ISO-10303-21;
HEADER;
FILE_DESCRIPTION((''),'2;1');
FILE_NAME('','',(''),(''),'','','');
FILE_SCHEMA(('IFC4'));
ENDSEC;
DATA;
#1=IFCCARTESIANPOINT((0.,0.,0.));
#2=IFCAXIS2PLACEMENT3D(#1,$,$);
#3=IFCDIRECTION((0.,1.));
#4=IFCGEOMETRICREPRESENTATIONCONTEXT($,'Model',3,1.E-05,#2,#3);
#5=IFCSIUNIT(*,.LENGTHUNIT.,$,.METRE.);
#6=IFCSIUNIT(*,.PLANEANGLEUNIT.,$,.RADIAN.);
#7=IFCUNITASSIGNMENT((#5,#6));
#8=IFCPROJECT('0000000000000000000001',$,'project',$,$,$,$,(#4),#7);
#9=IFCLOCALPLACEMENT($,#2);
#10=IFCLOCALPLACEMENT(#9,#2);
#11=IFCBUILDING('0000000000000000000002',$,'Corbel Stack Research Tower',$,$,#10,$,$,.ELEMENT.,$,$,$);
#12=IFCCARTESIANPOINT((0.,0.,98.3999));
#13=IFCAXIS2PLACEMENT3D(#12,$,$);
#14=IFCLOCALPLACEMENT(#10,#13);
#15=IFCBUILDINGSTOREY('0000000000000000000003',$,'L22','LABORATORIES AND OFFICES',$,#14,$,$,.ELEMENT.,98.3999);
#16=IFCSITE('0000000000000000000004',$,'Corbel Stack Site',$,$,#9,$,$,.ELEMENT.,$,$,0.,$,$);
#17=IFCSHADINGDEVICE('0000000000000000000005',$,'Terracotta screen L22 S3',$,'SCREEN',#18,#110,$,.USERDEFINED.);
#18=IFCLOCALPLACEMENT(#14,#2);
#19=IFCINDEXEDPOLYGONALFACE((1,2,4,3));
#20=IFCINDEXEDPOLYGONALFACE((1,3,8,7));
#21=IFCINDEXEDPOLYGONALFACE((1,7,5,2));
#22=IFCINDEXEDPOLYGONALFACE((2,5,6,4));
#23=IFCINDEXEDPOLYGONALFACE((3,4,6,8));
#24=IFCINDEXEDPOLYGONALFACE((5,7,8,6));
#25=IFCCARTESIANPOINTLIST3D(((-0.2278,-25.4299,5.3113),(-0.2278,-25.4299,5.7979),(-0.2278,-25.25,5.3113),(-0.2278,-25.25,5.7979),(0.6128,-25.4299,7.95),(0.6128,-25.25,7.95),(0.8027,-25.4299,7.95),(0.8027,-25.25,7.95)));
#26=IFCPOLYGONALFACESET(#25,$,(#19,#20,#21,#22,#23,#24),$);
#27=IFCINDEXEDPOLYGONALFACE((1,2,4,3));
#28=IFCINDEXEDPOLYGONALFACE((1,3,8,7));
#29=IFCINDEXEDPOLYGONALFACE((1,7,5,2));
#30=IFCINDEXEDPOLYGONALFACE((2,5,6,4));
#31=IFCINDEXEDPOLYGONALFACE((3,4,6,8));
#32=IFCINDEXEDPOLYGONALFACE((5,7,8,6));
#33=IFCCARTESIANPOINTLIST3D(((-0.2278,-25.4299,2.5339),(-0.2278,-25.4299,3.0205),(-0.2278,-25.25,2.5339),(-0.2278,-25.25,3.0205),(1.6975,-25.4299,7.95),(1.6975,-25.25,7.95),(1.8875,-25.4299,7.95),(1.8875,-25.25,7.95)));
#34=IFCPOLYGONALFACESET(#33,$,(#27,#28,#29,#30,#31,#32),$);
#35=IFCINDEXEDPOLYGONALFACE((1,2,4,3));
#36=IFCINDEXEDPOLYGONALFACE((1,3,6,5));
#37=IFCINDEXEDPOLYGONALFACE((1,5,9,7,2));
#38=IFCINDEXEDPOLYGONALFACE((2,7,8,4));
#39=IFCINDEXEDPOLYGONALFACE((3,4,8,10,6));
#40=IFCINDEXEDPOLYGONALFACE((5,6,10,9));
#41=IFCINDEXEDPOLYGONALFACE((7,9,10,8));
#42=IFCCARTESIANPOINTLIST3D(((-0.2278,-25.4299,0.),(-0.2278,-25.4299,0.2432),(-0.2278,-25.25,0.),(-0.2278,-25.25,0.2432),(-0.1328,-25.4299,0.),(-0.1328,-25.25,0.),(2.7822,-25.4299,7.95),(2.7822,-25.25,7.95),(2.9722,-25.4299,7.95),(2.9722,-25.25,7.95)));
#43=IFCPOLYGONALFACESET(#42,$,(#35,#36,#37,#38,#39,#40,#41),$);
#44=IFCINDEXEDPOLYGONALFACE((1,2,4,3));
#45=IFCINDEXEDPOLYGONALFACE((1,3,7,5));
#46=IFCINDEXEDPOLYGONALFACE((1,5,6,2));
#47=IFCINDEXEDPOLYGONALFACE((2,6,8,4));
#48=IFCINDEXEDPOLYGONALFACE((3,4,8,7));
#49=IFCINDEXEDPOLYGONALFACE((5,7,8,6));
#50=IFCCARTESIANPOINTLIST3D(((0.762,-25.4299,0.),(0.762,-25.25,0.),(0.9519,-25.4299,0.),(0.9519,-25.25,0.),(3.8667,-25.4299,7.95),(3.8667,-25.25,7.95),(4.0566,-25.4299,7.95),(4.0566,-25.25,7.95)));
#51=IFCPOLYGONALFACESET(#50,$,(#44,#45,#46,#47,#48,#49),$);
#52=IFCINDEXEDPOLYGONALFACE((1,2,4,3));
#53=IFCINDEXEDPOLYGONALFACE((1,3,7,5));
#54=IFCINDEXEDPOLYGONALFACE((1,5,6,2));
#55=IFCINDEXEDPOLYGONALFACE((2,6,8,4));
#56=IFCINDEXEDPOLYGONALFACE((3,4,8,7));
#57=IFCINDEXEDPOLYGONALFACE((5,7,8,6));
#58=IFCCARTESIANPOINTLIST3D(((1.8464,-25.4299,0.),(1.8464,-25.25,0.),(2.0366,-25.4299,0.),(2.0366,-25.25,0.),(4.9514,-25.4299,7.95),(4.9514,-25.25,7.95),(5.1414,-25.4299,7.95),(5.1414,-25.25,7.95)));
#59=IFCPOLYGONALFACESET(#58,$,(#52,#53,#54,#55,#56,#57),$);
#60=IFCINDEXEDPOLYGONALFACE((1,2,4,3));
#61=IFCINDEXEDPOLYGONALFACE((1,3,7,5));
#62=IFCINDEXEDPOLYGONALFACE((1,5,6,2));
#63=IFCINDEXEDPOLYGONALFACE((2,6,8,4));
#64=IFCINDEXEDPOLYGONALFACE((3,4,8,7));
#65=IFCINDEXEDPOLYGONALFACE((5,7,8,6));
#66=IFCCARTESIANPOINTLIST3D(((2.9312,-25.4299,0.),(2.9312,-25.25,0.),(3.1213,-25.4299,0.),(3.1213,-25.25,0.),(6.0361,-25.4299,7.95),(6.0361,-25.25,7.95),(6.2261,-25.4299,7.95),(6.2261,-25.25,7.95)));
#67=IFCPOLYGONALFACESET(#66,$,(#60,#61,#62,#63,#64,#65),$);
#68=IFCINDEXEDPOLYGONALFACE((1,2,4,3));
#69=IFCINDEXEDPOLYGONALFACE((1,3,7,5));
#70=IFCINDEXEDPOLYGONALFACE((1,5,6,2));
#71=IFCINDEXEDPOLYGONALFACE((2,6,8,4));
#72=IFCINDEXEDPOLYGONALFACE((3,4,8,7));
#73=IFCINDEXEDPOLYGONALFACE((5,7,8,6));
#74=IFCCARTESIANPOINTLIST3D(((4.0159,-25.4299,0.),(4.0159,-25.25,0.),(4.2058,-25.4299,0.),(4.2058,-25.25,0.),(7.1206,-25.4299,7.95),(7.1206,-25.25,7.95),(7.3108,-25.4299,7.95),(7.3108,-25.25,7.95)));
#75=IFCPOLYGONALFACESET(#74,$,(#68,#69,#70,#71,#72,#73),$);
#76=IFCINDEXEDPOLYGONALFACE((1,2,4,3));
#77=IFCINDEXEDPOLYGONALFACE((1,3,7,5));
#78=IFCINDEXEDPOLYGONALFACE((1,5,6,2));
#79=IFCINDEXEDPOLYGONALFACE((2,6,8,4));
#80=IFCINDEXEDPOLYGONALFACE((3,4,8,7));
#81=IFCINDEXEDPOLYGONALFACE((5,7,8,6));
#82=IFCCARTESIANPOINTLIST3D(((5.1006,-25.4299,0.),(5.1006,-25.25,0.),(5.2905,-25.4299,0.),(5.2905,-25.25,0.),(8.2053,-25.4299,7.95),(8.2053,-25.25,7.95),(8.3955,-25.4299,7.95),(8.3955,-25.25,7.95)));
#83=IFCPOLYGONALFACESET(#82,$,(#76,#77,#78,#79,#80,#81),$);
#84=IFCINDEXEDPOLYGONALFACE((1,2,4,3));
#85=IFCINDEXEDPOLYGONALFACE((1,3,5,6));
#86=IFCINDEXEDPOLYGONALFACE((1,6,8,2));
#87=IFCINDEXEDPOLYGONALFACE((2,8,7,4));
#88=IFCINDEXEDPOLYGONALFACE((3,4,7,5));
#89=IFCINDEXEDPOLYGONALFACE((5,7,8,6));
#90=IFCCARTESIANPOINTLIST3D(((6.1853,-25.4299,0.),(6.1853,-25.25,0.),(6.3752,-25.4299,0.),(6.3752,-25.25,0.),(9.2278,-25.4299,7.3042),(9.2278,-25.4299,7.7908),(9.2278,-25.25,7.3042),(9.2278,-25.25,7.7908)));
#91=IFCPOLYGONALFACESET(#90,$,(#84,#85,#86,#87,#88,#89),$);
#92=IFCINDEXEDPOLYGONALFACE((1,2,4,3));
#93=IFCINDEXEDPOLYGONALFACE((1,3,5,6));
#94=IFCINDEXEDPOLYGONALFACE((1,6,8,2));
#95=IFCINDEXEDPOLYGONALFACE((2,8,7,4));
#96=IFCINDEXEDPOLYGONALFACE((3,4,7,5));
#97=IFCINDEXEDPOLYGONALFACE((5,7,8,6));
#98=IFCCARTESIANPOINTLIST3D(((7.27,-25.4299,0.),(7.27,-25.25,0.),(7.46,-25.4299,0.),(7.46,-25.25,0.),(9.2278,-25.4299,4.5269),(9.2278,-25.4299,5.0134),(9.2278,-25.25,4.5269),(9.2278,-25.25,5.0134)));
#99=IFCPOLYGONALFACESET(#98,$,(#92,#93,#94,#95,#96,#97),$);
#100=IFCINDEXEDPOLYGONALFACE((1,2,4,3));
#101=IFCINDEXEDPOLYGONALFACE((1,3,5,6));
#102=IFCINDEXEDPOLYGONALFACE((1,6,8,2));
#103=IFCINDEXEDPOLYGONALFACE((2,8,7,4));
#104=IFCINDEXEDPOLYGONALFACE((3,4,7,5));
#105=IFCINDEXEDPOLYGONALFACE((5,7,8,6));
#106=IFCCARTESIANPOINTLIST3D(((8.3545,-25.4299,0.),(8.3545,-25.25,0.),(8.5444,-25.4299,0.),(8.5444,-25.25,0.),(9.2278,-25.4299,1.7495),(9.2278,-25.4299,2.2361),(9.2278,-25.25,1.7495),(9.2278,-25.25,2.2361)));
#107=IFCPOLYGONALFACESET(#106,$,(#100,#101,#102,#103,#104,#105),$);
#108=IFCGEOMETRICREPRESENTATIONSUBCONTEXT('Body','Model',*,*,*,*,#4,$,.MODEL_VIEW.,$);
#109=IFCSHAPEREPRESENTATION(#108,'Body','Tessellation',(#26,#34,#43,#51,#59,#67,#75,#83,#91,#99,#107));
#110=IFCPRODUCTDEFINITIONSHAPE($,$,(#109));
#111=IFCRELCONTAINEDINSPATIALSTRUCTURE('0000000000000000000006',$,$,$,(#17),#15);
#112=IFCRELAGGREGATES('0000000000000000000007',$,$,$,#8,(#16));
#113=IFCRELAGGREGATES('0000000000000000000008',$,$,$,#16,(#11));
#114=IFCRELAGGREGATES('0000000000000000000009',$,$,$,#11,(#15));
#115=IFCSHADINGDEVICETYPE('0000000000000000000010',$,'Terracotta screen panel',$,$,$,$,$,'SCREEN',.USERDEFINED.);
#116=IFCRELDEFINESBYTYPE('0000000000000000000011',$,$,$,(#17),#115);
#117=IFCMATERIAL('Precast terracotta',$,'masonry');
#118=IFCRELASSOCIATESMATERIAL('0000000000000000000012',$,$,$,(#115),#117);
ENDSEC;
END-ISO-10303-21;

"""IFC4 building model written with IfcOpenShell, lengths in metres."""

from ifc_helpers import new_model, si_unit, direction, frame, origin, place, context, subcontext, project, spatial, polyline, outline, extrude, source, transform, mapped, material, type_object, element, save


model = new_model("IFC4")

# Units and contexts
model_context = context("Model", 3, precision=1e-05, world=origin(), true_north=direction((0.0, 1.0)))
body_context = subcontext(model_context, "Body", "Model", "MODEL_VIEW")
ifc_project = project(units=[si_unit("LENGTHUNIT", "METRE"), si_unit("PLANEANGLEUNIT", "RADIAN")], contexts=[model_context])

# Site, building, storey
site_placement = place(None, origin())
site = spatial("IfcSite", under=ifc_project, at=site_placement, Name="Corbel Stack Site", CompositionType="ELEMENT", RefElevation=0.0)
building_placement = place(site_placement, origin())
building = spatial("IfcBuilding", under=site, at=building_placement, Name="Corbel Stack Research Tower", CompositionType="ELEMENT")
storey_placement = place(building_placement, frame((0.0, 0.0, 98.3999)))
storey = spatial("IfcBuildingStorey", under=building, at=storey_placement, Name="L22", Description="LABORATORIES AND OFFICES", CompositionType="ELEMENT", Elevation=98.3999)

# Shading device
ifc_material_1 = material(Name="Precast terracotta", Category="masonry")
shading_device_type = type_object("IfcShadingDeviceType", Name="Terracotta screen panel", ElementType="SCREEN", PredefinedType="USERDEFINED", material=ifc_material_1)
shared_shape = source(origin(), body_context, "Body", "SweptSolid", [
    extrude(outline(polyline([(1.0305, 7.95), (0.8406, 7.95), (0.0, 5.7979), (0.0, 5.3113), (1.0305, 7.95)])), frame((0.0, 0.0, 0.0), z_axis=(0.0, -1.0, 0.0), x_axis=(1.0, 0.0, 0.0)), (0.0, 0.0, 1.0), 0.1799),
    extrude(outline(polyline([(2.1152, 7.95), (1.9253, 7.95), (0.0, 3.0205), (0.0, 2.5339), (2.1152, 7.95)])), frame((0.0, 0.0, 0.0), z_axis=(0.0, -1.0, 0.0), x_axis=(1.0, 0.0, 0.0)), (0.0, 0.0, 1.0), 0.1799),
    extrude(outline(polyline([(0.095, 0.0), (3.2, 7.95), (3.01, 7.95), (0.0, 0.2432), (0.0, 0.0), (0.095, 0.0)])), frame((0.0, 0.0, 0.0), z_axis=(0.0, -1.0, 0.0), x_axis=(1.0, 0.0, 0.0)), (0.0, 0.0, 1.0), 0.1799),
    extrude(outline(polyline([(1.1797, 0.0), (4.2844, 7.95), (4.0945, 7.95), (0.9897, 0.0), (1.1797, 0.0)])), frame((0.0, 0.0, 0.0), z_axis=(0.0, -1.0, 0.0), x_axis=(1.0, 0.0, 0.0)), (0.0, 0.0, 1.0), 0.1799),
    extrude(outline(polyline([(2.2644, 0.0), (5.3691, 7.95), (5.1792, 7.95), (2.0742, 0.0), (2.2644, 0.0)])), frame((0.0, 0.0, 0.0), z_axis=(0.0, -1.0, 0.0), x_axis=(1.0, 0.0, 0.0)), (0.0, 0.0, 1.0), 0.1799),
    extrude(outline(polyline([(3.3491, 0.0), (6.4539, 7.95), (6.2639, 7.95), (3.1589, 0.0), (3.3491, 0.0)])), frame((0.0, 0.0, 0.0), z_axis=(0.0, -1.0, 0.0), x_axis=(1.0, 0.0, 0.0)), (0.0, 0.0, 1.0), 0.1799),
    extrude(outline(polyline([(4.4336, 0.0), (7.5386, 7.95), (7.3484, 7.95), (4.2437, 0.0), (4.4336, 0.0)])), frame((0.0, 0.0, 0.0), z_axis=(0.0, -1.0, 0.0), x_axis=(1.0, 0.0, 0.0)), (0.0, 0.0, 1.0), 0.1799),
    extrude(outline(polyline([(5.5183, 0.0), (8.6233, 7.95), (8.4331, 7.95), (5.3284, 0.0), (5.5183, 0.0)])), frame((0.0, 0.0, 0.0), z_axis=(0.0, -1.0, 0.0), x_axis=(1.0, 0.0, 0.0)), (0.0, 0.0, 1.0), 0.1799),
    extrude(outline(polyline([(6.603, 0.0), (9.4556, 7.3042), (9.4556, 7.7908), (6.4131, 0.0), (6.603, 0.0)])), frame((0.0, 0.0, 0.0), z_axis=(0.0, -1.0, 0.0), x_axis=(1.0, 0.0, 0.0)), (0.0, 0.0, 1.0), 0.1799),
    extrude(outline(polyline([(7.6877, 0.0), (9.4556, 4.5269), (9.4556, 5.0134), (7.4978, 0.0), (7.6877, 0.0)])), frame((0.0, 0.0, 0.0), z_axis=(0.0, -1.0, 0.0), x_axis=(1.0, 0.0, 0.0)), (0.0, 0.0, 1.0), 0.1799),
    extrude(outline(polyline([(8.7722, 0.0), (9.4556, 1.7495), (9.4556, 2.2361), (8.5823, 0.0), (8.7722, 0.0)])), frame((0.0, 0.0, 0.0), z_axis=(0.0, -1.0, 0.0), x_axis=(1.0, 0.0, 0.0)), (0.0, 0.0, 1.0), 0.1799),
])
shading_device_placement = place(storey_placement, frame((-0.2278, -25.25, 0.0), z_axis=(0.0, 0.0, 1.0), x_axis=(1.0, 0.0, 0.0)))
element("IfcShadingDevice", 1, at=shading_device_placement, inside=storey, type_object=shading_device_type, Name="Terracotta screen L22 S3", ObjectType="SCREEN", PredefinedType="USERDEFINED", context=body_context, shape_type="MappedRepresentation", body=[
    mapped(shared_shape, transform((0.0, 0.0, 0.0))),
])

save(model, "model.ifc")
